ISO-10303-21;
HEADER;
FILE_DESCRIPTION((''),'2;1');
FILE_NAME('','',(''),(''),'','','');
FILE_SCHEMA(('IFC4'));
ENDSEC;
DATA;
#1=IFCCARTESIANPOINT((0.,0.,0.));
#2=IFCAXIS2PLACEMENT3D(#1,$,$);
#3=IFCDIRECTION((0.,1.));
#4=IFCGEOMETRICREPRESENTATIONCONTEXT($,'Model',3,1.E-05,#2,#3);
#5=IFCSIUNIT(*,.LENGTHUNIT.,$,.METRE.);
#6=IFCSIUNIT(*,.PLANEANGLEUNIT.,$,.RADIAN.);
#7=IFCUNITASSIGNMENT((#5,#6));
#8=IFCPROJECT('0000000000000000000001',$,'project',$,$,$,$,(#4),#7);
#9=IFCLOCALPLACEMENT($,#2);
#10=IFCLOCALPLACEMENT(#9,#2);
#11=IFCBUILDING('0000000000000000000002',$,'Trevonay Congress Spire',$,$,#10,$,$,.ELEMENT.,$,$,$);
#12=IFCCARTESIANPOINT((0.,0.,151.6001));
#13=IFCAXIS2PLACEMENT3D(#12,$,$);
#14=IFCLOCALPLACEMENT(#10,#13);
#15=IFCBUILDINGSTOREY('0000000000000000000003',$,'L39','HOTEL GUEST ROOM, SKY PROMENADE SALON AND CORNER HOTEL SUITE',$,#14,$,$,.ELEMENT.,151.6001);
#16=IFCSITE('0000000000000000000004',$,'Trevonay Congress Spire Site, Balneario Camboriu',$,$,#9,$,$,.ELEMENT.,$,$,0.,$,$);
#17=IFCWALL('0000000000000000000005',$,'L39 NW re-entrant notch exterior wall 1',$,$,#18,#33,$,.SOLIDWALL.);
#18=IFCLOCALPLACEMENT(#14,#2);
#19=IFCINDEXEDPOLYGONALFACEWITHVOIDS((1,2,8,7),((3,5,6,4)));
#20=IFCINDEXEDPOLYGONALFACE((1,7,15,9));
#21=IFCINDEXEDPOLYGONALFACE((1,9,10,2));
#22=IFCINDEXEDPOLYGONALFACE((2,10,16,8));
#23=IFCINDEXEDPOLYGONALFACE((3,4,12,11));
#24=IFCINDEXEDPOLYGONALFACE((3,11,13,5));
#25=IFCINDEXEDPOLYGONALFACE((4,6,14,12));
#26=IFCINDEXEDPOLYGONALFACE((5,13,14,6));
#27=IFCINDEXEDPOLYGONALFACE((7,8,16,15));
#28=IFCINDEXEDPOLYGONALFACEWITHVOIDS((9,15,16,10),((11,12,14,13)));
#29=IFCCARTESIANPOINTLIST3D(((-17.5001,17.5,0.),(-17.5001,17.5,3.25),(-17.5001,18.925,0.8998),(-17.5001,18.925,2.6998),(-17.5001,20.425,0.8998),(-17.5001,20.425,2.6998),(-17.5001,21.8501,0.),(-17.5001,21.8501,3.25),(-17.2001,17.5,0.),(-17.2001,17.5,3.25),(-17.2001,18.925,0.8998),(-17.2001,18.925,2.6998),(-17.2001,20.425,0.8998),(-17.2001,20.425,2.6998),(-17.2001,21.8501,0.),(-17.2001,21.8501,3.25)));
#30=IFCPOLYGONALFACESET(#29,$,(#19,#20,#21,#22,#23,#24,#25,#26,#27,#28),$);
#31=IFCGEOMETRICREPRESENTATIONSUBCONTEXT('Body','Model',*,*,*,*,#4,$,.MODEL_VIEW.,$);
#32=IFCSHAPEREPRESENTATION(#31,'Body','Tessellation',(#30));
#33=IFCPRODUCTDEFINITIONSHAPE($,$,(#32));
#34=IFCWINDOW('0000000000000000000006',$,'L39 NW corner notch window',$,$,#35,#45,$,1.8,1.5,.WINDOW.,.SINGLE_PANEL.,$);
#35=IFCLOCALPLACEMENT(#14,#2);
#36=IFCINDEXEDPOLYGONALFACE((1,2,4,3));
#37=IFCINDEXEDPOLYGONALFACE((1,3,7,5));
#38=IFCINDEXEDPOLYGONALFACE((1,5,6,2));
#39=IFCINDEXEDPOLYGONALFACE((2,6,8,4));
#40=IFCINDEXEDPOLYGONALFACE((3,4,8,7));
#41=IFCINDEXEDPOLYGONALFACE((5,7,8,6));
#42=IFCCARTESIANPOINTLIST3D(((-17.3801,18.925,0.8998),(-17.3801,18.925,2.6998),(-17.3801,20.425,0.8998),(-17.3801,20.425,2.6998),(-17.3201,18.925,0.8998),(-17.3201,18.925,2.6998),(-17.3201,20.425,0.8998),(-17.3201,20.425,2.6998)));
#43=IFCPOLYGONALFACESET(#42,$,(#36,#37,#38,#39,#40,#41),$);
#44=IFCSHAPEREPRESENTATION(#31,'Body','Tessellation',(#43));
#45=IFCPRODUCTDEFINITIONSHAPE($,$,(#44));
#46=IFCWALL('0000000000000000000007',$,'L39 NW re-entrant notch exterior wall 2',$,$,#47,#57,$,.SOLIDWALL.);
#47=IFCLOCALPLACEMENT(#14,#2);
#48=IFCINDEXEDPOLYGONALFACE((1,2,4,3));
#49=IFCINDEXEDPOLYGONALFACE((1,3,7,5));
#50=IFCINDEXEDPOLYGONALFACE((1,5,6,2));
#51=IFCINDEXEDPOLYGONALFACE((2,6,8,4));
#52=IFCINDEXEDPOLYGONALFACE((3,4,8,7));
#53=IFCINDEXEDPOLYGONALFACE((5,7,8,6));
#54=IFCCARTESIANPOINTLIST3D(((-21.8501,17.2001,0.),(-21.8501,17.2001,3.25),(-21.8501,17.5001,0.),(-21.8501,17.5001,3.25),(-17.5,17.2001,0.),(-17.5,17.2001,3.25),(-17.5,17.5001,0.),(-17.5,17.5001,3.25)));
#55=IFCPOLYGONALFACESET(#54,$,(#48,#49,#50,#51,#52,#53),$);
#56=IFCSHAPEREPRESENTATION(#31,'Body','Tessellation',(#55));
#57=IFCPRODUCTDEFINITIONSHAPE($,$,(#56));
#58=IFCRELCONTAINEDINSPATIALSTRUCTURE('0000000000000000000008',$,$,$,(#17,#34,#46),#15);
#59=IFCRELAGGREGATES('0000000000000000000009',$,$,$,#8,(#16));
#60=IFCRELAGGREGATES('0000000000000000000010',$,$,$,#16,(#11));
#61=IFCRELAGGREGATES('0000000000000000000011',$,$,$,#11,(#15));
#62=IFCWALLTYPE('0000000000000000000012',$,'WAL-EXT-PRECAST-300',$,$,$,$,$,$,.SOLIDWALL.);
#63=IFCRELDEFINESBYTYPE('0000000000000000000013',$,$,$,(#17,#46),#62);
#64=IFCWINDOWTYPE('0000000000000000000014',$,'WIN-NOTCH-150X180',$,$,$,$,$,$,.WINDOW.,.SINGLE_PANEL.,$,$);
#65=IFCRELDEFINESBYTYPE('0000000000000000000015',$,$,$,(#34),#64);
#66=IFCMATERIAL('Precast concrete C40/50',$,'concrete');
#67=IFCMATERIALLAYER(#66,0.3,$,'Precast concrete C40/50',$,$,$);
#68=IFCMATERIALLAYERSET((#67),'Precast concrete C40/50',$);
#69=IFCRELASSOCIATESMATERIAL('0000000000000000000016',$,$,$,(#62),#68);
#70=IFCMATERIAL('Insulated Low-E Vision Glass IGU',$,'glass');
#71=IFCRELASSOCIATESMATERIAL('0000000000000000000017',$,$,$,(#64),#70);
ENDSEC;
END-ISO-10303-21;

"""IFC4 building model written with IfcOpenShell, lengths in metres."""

from ifc_helpers import new_model, si_unit, direction, frame, frame_2d, origin, place, context, subcontext, project, spatial, rectangle, extrude, material, layer, layer_set, type_object, element, fill, save


model = new_model("IFC4")

# Units and contexts
model_context = context("Model", 3, precision=1e-05, world=origin(), true_north=direction((0.0, 1.0)))
body_context = subcontext(model_context, "Body", "Model", "MODEL_VIEW")
ifc_project = project(units=[si_unit("LENGTHUNIT", "METRE"), si_unit("PLANEANGLEUNIT", "RADIAN")], contexts=[model_context])

# Site, building, storey
site_placement = place(None, origin())
site = spatial("IfcSite", under=ifc_project, at=site_placement, Name="Trevonay Congress Spire Site, Balneario Camboriu", CompositionType="ELEMENT", RefElevation=0.0)
building_placement = place(site_placement, origin())
building = spatial("IfcBuilding", under=site, at=building_placement, Name="Trevonay Congress Spire", CompositionType="ELEMENT")
storey_placement = place(building_placement, frame((0.0, 0.0, 151.6001)))
storey = spatial("IfcBuildingStorey", under=building, at=storey_placement, Name="L39", Description="HOTEL GUEST ROOM, SKY PROMENADE SALON AND CORNER HOTEL SUITE", CompositionType="ELEMENT", Elevation=151.6001)

# Shared definitions
ifc_material_1 = material(Name="Insulated Low-E Vision Glass IGU", Category="glass")

# Wall, opening, window
ifc_material_2 = material(Name="Precast concrete C40/50", Category="concrete")
ifc_layer_1 = layer(ifc_material_2, 0.3, Name="Precast concrete C40/50")
ifc_layer_set_1 = layer_set([ifc_layer_1], Name="Precast concrete C40/50")
wall_type_1 = type_object("IfcWallType", Name="WAL-EXT-PRECAST-300", PredefinedType="SOLIDWALL", material=ifc_layer_set_1)
wall_1_placement = place(storey_placement, frame((-17.3501, 21.8501, 0.0), z_axis=(0.0, 0.0, 1.0), x_axis=(0.0, -1.0, 0.0)))
wall_1 = element("IfcWall", 1, at=wall_1_placement, inside=storey, type_object=wall_type_1, Name="L39 NW re-entrant notch exterior wall 1", PredefinedType="SOLIDWALL", context=body_context, shape_type="SweptSolid", body=[
    extrude(rectangle(XDim=4.3501, YDim=0.3, at=frame_2d((2.175, 0.0))), origin(), (0.0, 0.0, 1.0), 3.25),
])
opening_1_placement = place(wall_1_placement, frame((1.425, 0.0, 0.8999)))
opening_1 = element("IfcOpeningElement", 2, at=opening_1_placement, cuts=wall_1, PredefinedType="OPENING", context=body_context, shape_type="SweptSolid", body=[
    extrude(rectangle(XDim=1.5, YDim=1.8, at=frame_2d((0.75, 0.8999))), frame((0.0, 0.1602, 0.0), z_axis=(0.0, -1.0, 0.0), x_axis=(1.0, 0.0, 0.0)), (0.0, 0.0, 1.0), 0.3201),
])
window_type = type_object("IfcWindowType", Name="WIN-NOTCH-150X180", PartitioningType="SINGLE_PANEL", PredefinedType="WINDOW", material=ifc_material_1)
window_placement = place(opening_1_placement, origin())
window = element("IfcWindow", 3, at=window_placement, inside=storey, type_object=window_type, Name="L39 NW corner notch window", OverallHeight=1.8, OverallWidth=1.5, PartitioningType="SINGLE_PANEL", PredefinedType="WINDOW", context=body_context, shape_type="SweptSolid", body=[
    extrude(rectangle(XDim=1.5, YDim=1.8, at=frame_2d((0.75, 0.8999))), frame((0.0, 0.03, 0.0), z_axis=(0.0, -1.0, 0.0), x_axis=(1.0, 0.0, 0.0)), (0.0, 0.0, 1.0), 0.0601),
])
fill(opening_1, window)

# Wall
wall_2_placement = place(storey_placement, frame((-21.8501, 17.3501, 0.0), z_axis=(0.0, 0.0, 1.0), x_axis=(1.0, 0.0, 0.0)))
element("IfcWall", 4, at=wall_2_placement, inside=storey, type_object=wall_type_1, Name="L39 NW re-entrant notch exterior wall 2", PredefinedType="SOLIDWALL", context=body_context, shape_type="SweptSolid", body=[
    extrude(rectangle(XDim=4.3501, YDim=0.3, at=frame_2d((2.175, 0.0))), origin(), (0.0, 0.0, 1.0), 3.25),
])

save(model, "model.ifc")
